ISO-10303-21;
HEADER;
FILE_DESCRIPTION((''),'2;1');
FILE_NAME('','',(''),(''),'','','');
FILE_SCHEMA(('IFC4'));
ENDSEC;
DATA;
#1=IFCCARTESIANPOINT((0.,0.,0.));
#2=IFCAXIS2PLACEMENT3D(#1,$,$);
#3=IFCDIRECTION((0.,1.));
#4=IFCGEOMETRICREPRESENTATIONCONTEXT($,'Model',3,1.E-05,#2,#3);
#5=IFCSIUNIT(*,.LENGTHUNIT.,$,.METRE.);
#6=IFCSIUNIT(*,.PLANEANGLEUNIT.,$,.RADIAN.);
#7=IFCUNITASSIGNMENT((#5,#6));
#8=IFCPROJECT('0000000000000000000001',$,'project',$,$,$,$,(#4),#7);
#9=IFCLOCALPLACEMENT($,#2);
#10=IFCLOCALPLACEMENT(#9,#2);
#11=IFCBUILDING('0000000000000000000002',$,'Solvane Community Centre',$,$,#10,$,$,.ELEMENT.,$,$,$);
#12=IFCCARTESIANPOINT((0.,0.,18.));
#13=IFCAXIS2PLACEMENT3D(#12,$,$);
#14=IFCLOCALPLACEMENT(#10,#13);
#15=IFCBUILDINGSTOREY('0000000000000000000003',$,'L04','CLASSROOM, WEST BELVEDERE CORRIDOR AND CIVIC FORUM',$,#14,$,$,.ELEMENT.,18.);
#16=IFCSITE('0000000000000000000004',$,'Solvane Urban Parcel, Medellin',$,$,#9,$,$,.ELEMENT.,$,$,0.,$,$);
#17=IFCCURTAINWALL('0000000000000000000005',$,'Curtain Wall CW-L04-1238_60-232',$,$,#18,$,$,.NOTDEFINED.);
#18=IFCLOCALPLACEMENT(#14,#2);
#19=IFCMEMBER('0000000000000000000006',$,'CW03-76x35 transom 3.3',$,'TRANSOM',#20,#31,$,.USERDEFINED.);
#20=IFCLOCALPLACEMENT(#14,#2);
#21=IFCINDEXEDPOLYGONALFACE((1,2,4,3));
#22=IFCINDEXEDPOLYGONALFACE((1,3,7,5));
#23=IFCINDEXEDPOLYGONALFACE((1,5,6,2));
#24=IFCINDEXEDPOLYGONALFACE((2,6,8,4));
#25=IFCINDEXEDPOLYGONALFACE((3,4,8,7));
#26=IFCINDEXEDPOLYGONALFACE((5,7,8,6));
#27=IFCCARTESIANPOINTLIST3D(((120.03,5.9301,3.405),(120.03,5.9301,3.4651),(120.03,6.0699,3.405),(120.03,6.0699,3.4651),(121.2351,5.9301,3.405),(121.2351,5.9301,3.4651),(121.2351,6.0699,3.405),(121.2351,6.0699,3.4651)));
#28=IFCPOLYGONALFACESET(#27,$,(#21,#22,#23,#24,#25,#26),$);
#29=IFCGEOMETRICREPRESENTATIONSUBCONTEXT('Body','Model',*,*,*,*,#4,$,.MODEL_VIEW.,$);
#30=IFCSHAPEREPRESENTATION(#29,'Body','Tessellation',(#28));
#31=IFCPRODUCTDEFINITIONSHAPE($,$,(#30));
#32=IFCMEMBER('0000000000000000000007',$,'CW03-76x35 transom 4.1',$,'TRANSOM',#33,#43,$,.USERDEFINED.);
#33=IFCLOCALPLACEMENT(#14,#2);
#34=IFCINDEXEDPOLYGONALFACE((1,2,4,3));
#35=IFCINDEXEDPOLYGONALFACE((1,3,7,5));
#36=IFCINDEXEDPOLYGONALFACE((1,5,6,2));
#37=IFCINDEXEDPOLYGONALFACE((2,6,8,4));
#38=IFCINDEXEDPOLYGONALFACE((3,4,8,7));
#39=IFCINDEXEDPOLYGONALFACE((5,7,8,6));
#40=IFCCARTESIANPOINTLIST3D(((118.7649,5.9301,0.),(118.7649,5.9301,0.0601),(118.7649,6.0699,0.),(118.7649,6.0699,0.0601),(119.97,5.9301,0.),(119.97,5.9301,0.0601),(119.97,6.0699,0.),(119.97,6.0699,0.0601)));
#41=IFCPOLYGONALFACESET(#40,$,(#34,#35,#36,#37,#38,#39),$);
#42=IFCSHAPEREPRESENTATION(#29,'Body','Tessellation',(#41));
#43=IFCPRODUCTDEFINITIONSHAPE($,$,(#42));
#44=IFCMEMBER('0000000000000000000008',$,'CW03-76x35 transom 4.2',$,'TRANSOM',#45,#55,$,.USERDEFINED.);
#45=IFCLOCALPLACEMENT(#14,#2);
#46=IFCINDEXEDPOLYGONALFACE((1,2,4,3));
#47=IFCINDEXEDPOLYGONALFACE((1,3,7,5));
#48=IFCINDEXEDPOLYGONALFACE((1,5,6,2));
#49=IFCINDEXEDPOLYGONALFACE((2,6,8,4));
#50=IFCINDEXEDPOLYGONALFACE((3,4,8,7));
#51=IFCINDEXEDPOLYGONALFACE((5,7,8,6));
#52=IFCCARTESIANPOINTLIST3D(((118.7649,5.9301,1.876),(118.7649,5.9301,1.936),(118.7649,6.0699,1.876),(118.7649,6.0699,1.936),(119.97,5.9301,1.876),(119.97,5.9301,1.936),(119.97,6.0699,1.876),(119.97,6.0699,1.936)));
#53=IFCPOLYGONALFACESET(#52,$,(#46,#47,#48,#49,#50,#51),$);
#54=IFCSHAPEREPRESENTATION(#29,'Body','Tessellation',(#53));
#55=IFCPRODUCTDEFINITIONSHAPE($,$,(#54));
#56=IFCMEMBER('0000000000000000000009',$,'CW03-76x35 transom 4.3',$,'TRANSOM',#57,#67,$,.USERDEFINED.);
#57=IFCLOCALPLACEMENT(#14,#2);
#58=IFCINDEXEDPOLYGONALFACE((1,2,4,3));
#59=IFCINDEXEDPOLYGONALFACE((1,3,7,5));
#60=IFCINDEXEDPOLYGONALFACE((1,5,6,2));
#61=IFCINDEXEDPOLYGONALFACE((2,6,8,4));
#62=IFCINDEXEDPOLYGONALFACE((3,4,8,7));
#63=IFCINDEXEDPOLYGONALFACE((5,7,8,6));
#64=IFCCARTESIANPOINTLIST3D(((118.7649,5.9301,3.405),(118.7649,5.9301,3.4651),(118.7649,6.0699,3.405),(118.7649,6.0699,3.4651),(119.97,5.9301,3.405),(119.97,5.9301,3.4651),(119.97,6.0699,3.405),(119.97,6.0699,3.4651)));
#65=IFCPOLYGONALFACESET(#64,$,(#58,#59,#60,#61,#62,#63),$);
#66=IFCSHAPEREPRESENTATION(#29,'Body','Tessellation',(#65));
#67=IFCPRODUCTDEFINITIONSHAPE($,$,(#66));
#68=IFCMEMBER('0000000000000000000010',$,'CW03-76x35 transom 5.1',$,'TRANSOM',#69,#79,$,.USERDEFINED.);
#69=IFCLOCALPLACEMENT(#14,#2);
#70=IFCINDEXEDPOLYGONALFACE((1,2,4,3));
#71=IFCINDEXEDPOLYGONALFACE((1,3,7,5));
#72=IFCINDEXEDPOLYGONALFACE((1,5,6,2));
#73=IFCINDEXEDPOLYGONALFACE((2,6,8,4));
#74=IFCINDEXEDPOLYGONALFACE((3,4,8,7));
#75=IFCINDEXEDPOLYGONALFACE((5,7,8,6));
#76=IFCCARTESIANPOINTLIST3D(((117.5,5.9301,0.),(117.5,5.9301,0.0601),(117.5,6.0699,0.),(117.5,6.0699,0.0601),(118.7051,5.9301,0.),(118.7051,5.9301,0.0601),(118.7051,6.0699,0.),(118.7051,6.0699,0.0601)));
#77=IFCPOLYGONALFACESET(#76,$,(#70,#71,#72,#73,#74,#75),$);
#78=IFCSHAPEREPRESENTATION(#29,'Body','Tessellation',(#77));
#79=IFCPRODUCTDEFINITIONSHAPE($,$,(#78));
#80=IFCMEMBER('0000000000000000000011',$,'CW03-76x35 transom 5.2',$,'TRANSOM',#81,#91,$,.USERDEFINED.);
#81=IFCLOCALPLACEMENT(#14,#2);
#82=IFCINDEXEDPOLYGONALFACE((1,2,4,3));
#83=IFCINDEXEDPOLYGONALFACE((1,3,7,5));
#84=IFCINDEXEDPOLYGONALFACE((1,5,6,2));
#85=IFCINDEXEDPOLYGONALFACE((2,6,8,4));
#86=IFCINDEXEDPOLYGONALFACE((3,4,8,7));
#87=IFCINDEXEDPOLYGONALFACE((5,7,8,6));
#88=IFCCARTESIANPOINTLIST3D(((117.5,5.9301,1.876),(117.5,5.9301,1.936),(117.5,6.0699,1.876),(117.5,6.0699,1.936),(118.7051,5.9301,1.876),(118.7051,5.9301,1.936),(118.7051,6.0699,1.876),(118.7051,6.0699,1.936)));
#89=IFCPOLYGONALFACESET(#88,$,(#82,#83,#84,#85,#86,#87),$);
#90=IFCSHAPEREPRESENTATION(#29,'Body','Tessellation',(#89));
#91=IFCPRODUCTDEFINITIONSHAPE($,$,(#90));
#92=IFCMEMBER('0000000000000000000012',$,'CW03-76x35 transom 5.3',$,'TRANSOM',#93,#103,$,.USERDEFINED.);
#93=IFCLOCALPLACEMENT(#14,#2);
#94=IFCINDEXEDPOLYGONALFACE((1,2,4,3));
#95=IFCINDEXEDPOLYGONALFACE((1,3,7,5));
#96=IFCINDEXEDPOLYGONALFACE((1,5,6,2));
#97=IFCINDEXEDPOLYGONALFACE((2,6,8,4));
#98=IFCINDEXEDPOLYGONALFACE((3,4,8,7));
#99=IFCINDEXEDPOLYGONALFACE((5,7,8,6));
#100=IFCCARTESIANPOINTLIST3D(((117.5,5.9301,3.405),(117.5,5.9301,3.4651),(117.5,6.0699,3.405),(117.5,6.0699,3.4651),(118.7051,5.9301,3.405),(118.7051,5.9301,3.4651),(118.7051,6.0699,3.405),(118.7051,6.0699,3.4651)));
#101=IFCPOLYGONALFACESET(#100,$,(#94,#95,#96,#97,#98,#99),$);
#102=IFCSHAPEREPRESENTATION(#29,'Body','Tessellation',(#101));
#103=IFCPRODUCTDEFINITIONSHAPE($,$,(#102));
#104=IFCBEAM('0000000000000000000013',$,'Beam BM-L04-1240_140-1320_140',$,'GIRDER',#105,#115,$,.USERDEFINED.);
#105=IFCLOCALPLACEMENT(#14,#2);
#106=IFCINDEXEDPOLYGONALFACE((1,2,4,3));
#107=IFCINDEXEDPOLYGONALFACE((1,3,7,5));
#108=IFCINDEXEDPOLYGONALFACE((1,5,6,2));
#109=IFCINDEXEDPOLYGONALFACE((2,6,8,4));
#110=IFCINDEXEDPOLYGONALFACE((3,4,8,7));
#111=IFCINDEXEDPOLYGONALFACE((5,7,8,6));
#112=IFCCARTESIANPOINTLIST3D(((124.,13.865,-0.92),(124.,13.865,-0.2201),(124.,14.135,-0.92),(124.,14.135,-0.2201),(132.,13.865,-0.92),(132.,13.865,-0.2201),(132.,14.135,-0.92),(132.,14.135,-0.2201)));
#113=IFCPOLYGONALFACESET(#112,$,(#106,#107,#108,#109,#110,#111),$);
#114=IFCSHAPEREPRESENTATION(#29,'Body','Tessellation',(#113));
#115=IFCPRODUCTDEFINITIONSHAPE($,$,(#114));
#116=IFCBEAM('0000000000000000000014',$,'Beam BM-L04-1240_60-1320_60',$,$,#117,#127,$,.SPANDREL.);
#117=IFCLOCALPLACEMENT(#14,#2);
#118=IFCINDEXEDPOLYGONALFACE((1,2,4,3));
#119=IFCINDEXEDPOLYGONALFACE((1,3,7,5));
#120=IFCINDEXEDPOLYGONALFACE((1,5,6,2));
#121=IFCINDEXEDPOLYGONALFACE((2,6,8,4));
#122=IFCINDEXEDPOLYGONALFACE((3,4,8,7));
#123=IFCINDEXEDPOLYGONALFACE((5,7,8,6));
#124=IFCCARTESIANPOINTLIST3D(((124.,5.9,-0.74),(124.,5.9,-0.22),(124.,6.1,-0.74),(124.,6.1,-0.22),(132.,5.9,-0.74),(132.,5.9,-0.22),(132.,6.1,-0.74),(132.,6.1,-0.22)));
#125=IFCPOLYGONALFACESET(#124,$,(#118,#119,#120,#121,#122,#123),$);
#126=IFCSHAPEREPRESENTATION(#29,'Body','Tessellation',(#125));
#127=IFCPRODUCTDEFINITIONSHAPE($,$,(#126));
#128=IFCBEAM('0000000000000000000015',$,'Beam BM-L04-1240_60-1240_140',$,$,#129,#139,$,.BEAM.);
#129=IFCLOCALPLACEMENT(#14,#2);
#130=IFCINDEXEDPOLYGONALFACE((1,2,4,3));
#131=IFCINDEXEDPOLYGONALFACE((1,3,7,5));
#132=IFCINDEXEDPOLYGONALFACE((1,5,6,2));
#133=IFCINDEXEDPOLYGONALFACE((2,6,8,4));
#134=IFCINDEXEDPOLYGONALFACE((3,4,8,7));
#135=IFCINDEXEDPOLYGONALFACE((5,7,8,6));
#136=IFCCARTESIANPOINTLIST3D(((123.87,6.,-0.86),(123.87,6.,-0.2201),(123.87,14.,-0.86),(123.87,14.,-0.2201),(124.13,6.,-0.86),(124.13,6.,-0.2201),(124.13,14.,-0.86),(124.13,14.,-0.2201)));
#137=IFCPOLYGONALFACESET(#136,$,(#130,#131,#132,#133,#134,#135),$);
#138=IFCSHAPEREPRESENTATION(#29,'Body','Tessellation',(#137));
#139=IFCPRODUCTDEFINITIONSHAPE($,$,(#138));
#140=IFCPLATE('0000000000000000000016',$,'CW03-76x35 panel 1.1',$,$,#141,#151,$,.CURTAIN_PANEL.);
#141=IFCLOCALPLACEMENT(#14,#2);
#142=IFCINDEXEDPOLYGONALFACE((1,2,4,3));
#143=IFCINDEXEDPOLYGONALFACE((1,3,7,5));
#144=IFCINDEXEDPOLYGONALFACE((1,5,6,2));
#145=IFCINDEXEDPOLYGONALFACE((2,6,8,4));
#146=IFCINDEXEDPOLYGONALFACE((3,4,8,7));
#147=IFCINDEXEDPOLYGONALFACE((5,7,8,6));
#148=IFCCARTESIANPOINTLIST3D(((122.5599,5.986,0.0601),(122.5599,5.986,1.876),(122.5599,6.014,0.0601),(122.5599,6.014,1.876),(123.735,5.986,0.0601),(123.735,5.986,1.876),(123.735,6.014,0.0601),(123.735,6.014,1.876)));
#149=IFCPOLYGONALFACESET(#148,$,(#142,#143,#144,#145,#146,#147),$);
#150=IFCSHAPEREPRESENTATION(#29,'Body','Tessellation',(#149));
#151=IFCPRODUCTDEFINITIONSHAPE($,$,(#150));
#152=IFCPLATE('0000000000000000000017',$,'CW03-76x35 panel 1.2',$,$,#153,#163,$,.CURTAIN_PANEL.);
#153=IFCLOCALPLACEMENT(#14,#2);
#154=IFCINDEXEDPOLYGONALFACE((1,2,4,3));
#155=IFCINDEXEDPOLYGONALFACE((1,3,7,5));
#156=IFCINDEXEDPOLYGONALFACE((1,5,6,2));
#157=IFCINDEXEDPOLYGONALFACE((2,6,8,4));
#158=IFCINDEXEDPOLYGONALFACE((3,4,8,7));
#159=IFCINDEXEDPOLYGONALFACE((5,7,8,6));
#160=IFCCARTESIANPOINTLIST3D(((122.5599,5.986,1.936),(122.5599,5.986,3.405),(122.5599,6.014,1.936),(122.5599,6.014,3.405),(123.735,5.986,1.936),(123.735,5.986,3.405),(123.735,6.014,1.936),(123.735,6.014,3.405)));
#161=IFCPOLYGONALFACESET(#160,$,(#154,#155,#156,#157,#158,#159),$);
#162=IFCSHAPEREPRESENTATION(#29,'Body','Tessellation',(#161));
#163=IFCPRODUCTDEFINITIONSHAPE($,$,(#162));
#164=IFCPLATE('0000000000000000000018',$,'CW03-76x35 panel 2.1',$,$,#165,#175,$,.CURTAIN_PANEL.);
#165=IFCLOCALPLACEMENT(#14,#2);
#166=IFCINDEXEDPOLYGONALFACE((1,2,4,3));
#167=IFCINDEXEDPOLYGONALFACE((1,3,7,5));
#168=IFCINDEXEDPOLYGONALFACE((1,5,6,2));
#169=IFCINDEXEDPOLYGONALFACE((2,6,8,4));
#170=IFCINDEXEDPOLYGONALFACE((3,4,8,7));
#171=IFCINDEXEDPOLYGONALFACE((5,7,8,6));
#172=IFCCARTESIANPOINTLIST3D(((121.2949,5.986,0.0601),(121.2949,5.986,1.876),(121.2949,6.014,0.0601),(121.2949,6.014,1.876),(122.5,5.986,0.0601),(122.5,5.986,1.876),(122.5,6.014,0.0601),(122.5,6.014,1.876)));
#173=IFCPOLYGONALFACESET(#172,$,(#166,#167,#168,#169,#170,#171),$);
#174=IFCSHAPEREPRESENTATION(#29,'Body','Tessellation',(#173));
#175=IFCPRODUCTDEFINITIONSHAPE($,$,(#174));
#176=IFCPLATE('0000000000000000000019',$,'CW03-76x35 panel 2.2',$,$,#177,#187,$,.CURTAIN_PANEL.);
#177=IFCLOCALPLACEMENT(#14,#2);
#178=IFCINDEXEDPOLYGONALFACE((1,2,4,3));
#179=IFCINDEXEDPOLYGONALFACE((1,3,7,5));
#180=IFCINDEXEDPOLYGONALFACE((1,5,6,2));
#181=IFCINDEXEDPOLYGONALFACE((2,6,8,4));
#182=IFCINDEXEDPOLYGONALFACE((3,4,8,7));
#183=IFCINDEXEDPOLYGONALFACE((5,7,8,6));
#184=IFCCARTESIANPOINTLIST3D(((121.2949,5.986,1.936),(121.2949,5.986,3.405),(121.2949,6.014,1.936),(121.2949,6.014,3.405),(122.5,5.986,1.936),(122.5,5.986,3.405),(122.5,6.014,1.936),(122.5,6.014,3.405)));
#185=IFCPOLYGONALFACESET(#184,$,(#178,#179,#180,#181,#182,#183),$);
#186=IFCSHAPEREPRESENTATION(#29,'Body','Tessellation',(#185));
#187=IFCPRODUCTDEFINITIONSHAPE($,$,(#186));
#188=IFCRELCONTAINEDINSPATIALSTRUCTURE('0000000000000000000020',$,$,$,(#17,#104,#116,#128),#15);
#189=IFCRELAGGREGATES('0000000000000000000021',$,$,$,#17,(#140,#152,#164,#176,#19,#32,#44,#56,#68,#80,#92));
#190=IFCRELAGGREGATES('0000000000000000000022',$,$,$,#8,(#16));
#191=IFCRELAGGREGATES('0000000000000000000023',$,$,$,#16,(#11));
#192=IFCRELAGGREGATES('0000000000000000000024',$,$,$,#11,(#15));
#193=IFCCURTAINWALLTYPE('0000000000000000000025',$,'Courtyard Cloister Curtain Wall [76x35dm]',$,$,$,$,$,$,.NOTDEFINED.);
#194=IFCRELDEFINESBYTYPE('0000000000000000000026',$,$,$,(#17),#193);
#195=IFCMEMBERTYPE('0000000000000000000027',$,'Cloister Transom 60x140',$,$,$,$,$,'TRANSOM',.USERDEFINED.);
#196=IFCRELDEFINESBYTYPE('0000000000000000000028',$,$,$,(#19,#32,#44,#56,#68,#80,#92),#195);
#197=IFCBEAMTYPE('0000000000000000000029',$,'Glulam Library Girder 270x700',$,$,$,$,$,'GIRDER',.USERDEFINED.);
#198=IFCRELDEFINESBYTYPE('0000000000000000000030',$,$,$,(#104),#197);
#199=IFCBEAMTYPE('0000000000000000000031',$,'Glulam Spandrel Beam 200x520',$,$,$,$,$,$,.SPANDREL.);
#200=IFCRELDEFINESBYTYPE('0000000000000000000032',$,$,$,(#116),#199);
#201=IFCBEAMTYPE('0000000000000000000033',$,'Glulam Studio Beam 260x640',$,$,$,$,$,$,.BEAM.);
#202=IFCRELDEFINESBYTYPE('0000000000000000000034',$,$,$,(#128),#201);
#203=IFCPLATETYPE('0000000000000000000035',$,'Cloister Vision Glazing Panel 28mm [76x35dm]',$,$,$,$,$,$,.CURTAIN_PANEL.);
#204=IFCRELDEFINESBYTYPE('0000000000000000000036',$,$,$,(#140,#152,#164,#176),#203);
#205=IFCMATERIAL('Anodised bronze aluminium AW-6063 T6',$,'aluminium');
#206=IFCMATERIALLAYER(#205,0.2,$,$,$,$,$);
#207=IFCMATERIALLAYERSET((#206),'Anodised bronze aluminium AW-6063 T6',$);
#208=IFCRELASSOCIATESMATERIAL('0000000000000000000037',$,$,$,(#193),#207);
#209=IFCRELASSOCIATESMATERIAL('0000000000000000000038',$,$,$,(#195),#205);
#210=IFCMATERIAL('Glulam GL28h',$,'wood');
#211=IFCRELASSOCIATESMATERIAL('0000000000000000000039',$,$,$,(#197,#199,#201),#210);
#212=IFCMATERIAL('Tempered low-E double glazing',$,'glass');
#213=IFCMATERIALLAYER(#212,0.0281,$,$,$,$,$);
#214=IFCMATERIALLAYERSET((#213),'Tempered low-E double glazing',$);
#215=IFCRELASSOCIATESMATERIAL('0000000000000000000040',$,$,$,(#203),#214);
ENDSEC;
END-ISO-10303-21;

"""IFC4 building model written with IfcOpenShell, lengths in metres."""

from ifc_helpers import new_model, si_unit, direction, frame, origin, origin_2d, place, context, subcontext, project, spatial, rectangle, extrude, material, layer, layer_set, material_profile, profile_set, type_object, element, aggregate, save


model = new_model("IFC4")

# Units and contexts
model_context = context("Model", 3, precision=1e-05, world=origin(), true_north=direction((0.0, 1.0)))
body_context = subcontext(model_context, "Body", "Model", "MODEL_VIEW")
ifc_project = project(units=[si_unit("LENGTHUNIT", "METRE"), si_unit("PLANEANGLEUNIT", "RADIAN")], contexts=[model_context])

# Site, building, storey
site_placement = place(None, origin())
site = spatial("IfcSite", under=ifc_project, at=site_placement, Name="Solvane Urban Parcel, Medellin", CompositionType="ELEMENT", RefElevation=0.0)
building_placement = place(site_placement, origin())
building = spatial("IfcBuilding", under=site, at=building_placement, Name="Solvane Community Centre", CompositionType="ELEMENT")
storey_placement = place(building_placement, frame((0.0, 0.0, 18.0)))
storey = spatial("IfcBuildingStorey", under=building, at=storey_placement, Name="L04", Description="CLASSROOM, WEST BELVEDERE CORRIDOR AND CIVIC FORUM", CompositionType="ELEMENT", Elevation=18.0)

# Curtain wall, members
ifc_material_1 = material(Name="Anodised bronze aluminium AW-6063 T6", Category="aluminium")
ifc_layer_1 = layer(ifc_material_1, 0.2)
ifc_layer_set_1 = layer_set([ifc_layer_1], Name="Anodised bronze aluminium AW-6063 T6")
curtain_wall_type = type_object("IfcCurtainWallType", Name="Courtyard Cloister Curtain Wall [76x35dm]", PredefinedType="NOTDEFINED", material=ifc_layer_set_1)
curtain_wall_placement = place(storey_placement, origin())
curtain_wall = element("IfcCurtainWall", 1, at=curtain_wall_placement, inside=storey, type_object=curtain_wall_type, Name="Curtain Wall CW-L04-1238_60-232", PredefinedType="NOTDEFINED")
ifc_material_profile_1 = material_profile(ifc_material_1, rectangle(XDim=0.1399, YDim=0.0601, at=origin_2d()), Name="CW-T 60x140")
ifc_profile_set_1 = profile_set([ifc_material_profile_1], Name="Anodised bronze aluminium AW-6063 T6")
member_type_1 = type_object("IfcMemberType", Name="Cloister Transom 60x140", ElementType="TRANSOM", PredefinedType="USERDEFINED", material=ifc_profile_set_1)
member_1_placement = place(storey_placement, frame((121.2351, 6.0, 3.4351), z_axis=(-1.0, 0.0, 0.0), x_axis=(0.0, -1.0, 0.0)))
member_1 = element("IfcMember", 2, at=member_1_placement, type_object=member_type_1, Name="CW03-76x35 transom 3.3", ObjectType="TRANSOM", PredefinedType="USERDEFINED", context=body_context, shape_type="SweptSolid", body=[
    extrude(rectangle(XDim=0.1399, YDim=0.0601, at=origin_2d()), origin(), (0.0, 0.0, 1.0), 1.2051),
])
member_2_placement = place(storey_placement, frame((119.97, 6.0, 0.03), z_axis=(-1.0, 0.0, 0.0), x_axis=(0.0, -1.0, 0.0)))
member_2 = element("IfcMember", 3, at=member_2_placement, type_object=member_type_1, Name="CW03-76x35 transom 4.1", ObjectType="TRANSOM", PredefinedType="USERDEFINED", context=body_context, shape_type="SweptSolid", body=[
    extrude(rectangle(XDim=0.1399, YDim=0.0601, at=origin_2d()), origin(), (0.0, 0.0, 1.0), 1.2051),
])
member_3_placement = place(storey_placement, frame((119.97, 6.0, 1.906), z_axis=(-1.0, 0.0, 0.0), x_axis=(0.0, -1.0, 0.0)))
member_3 = element("IfcMember", 4, at=member_3_placement, type_object=member_type_1, Name="CW03-76x35 transom 4.2", ObjectType="TRANSOM", PredefinedType="USERDEFINED", context=body_context, shape_type="SweptSolid", body=[
    extrude(rectangle(XDim=0.1399, YDim=0.0601, at=origin_2d()), origin(), (0.0, 0.0, 1.0), 1.2051),
])
member_4_placement = place(storey_placement, frame((119.97, 6.0, 3.4351), z_axis=(-1.0, 0.0, 0.0), x_axis=(0.0, -1.0, 0.0)))
member_4 = element("IfcMember", 5, at=member_4_placement, type_object=member_type_1, Name="CW03-76x35 transom 4.3", ObjectType="TRANSOM", PredefinedType="USERDEFINED", context=body_context, shape_type="SweptSolid", body=[
    extrude(rectangle(XDim=0.1399, YDim=0.0601, at=origin_2d()), origin(), (0.0, 0.0, 1.0), 1.2051),
])
member_5_placement = place(storey_placement, frame((118.7051, 6.0, 0.03), z_axis=(-1.0, 0.0, 0.0), x_axis=(0.0, -1.0, 0.0)))
member_5 = element("IfcMember", 6, at=member_5_placement, type_object=member_type_1, Name="CW03-76x35 transom 5.1", ObjectType="TRANSOM", PredefinedType="USERDEFINED", context=body_context, shape_type="SweptSolid", body=[
    extrude(rectangle(XDim=0.1399, YDim=0.0601, at=origin_2d()), origin(), (0.0, 0.0, 1.0), 1.2051),
])
member_6_placement = place(storey_placement, frame((118.7051, 6.0, 1.906), z_axis=(-1.0, 0.0, 0.0), x_axis=(0.0, -1.0, 0.0)))
member_6 = element("IfcMember", 7, at=member_6_placement, type_object=member_type_1, Name="CW03-76x35 transom 5.2", ObjectType="TRANSOM", PredefinedType="USERDEFINED", context=body_context, shape_type="SweptSolid", body=[
    extrude(rectangle(XDim=0.1399, YDim=0.0601, at=origin_2d()), origin(), (0.0, 0.0, 1.0), 1.2051),
])
member_7_placement = place(storey_placement, frame((118.7051, 6.0, 3.4351), z_axis=(-1.0, 0.0, 0.0), x_axis=(0.0, -1.0, 0.0)))
member_7 = element("IfcMember", 8, at=member_7_placement, type_object=member_type_1, Name="CW03-76x35 transom 5.3", ObjectType="TRANSOM", PredefinedType="USERDEFINED", context=body_context, shape_type="SweptSolid", body=[
    extrude(rectangle(XDim=0.1399, YDim=0.0601, at=origin_2d()), origin(), (0.0, 0.0, 1.0), 1.2051),
])

# Beams
ifc_material_2 = material(Name="Glulam GL28h", Category="wood")
ifc_material_profile_2 = material_profile(ifc_material_2, rectangle(XDim=0.27, YDim=0.7, at=origin_2d()), Name="GL28h 270x700")
ifc_profile_set_2 = profile_set([ifc_material_profile_2], Name="Glulam GL28h")
beam_type_1 = type_object("IfcBeamType", Name="Glulam Library Girder 270x700", ElementType="GIRDER", PredefinedType="USERDEFINED", material=ifc_profile_set_2)
beam_1_placement = place(storey_placement, frame((124.0, 14.0, -0.5701), z_axis=(1.0, 0.0, 0.0), x_axis=(0.0, 1.0, 0.0)))
element("IfcBeam", 9, at=beam_1_placement, inside=storey, type_object=beam_type_1, Name="Beam BM-L04-1240_140-1320_140", ObjectType="GIRDER", PredefinedType="USERDEFINED", context=body_context, shape_type="SweptSolid", body=[
    extrude(rectangle(XDim=0.27, YDim=0.7, at=origin_2d()), origin(), (0.0, 0.0, 1.0), 8.0),
])
ifc_material_profile_3 = material_profile(ifc_material_2, rectangle(XDim=0.2, YDim=0.52, at=origin_2d()), Name="GL28h 200x520")
ifc_profile_set_3 = profile_set([ifc_material_profile_3], Name="Glulam GL28h")
beam_type_2 = type_object("IfcBeamType", Name="Glulam Spandrel Beam 200x520", PredefinedType="SPANDREL", material=ifc_profile_set_3)
beam_2_placement = place(storey_placement, frame((124.0, 6.0, -0.48), z_axis=(1.0, 0.0, 0.0), x_axis=(0.0, 1.0, 0.0)))
element("IfcBeam", 10, at=beam_2_placement, inside=storey, type_object=beam_type_2, Name="Beam BM-L04-1240_60-1320_60", PredefinedType="SPANDREL", context=body_context, shape_type="SweptSolid", body=[
    extrude(rectangle(XDim=0.2, YDim=0.52, at=origin_2d()), origin(), (0.0, 0.0, 1.0), 8.0),
])
ifc_material_profile_4 = material_profile(ifc_material_2, rectangle(XDim=0.26, YDim=0.6399, at=origin_2d()), Name="GL28h 260x640")
ifc_profile_set_4 = profile_set([ifc_material_profile_4], Name="Glulam GL28h")
beam_type_3 = type_object("IfcBeamType", Name="Glulam Studio Beam 260x640", PredefinedType="BEAM", material=ifc_profile_set_4)
beam_3_placement = place(storey_placement, frame((124.0, 6.0, -0.54), z_axis=(0.0, 1.0, 0.0), x_axis=(-1.0, 0.0, 0.0)))
element("IfcBeam", 11, at=beam_3_placement, inside=storey, type_object=beam_type_3, Name="Beam BM-L04-1240_60-1240_140", PredefinedType="BEAM", context=body_context, shape_type="SweptSolid", body=[
    extrude(rectangle(XDim=0.26, YDim=0.6399, at=origin_2d()), origin(), (0.0, 0.0, 1.0), 8.0),
])

# Plates
ifc_material_3 = material(Name="Tempered low-E double glazing", Category="glass")
ifc_layer_2 = layer(ifc_material_3, 0.0281)
ifc_layer_set_2 = layer_set([ifc_layer_2], Name="Tempered low-E double glazing")
plate_type = type_object("IfcPlateType", Name="Cloister Vision Glazing Panel 28mm [76x35dm]", PredefinedType="CURTAIN_PANEL", material=ifc_layer_set_2)
plate_1_placement = place(storey_placement, frame((123.1475, 6.0, 0.0601), z_axis=(0.0, 0.0, 1.0), x_axis=(-1.0, 0.0, 0.0)))
plate_1 = element("IfcPlate", 12, at=plate_1_placement, type_object=plate_type, Name="CW03-76x35 panel 1.1", PredefinedType="CURTAIN_PANEL", context=body_context, shape_type="SweptSolid", body=[
    extrude(rectangle(XDim=1.175, YDim=0.0281, at=origin_2d()), origin(), (0.0, 0.0, 1.0), 1.8159),
])
plate_2_placement = place(storey_placement, frame((123.1475, 6.0, 1.936), z_axis=(0.0, 0.0, 1.0), x_axis=(-1.0, 0.0, 0.0)))
plate_2 = element("IfcPlate", 13, at=plate_2_placement, type_object=plate_type, Name="CW03-76x35 panel 1.2", PredefinedType="CURTAIN_PANEL", context=body_context, shape_type="SweptSolid", body=[
    extrude(rectangle(XDim=1.175, YDim=0.0281, at=origin_2d()), origin(), (0.0, 0.0, 1.0), 1.469),
])
plate_3_placement = place(storey_placement, frame((121.8975, 6.0, 0.0601), z_axis=(0.0, 0.0, 1.0), x_axis=(-1.0, 0.0, 0.0)))
plate_3 = element("IfcPlate", 14, at=plate_3_placement, type_object=plate_type, Name="CW03-76x35 panel 2.1", PredefinedType="CURTAIN_PANEL", context=body_context, shape_type="SweptSolid", body=[
    extrude(rectangle(XDim=1.2051, YDim=0.0281, at=origin_2d()), origin(), (0.0, 0.0, 1.0), 1.8159),
])
plate_4_placement = place(storey_placement, frame((121.8975, 6.0, 1.936), z_axis=(0.0, 0.0, 1.0), x_axis=(-1.0, 0.0, 0.0)))
plate_4 = element("IfcPlate", 15, at=plate_4_placement, type_object=plate_type, Name="CW03-76x35 panel 2.2", PredefinedType="CURTAIN_PANEL", context=body_context, shape_type="SweptSolid", body=[
    extrude(rectangle(XDim=1.2051, YDim=0.0281, at=origin_2d()), origin(), (0.0, 0.0, 1.0), 1.469),
])
aggregate(curtain_wall, [plate_1, plate_2, plate_3, plate_4, member_1, member_2, member_3, member_4, member_5, member_6, member_7])

save(model, "model.ifc")
